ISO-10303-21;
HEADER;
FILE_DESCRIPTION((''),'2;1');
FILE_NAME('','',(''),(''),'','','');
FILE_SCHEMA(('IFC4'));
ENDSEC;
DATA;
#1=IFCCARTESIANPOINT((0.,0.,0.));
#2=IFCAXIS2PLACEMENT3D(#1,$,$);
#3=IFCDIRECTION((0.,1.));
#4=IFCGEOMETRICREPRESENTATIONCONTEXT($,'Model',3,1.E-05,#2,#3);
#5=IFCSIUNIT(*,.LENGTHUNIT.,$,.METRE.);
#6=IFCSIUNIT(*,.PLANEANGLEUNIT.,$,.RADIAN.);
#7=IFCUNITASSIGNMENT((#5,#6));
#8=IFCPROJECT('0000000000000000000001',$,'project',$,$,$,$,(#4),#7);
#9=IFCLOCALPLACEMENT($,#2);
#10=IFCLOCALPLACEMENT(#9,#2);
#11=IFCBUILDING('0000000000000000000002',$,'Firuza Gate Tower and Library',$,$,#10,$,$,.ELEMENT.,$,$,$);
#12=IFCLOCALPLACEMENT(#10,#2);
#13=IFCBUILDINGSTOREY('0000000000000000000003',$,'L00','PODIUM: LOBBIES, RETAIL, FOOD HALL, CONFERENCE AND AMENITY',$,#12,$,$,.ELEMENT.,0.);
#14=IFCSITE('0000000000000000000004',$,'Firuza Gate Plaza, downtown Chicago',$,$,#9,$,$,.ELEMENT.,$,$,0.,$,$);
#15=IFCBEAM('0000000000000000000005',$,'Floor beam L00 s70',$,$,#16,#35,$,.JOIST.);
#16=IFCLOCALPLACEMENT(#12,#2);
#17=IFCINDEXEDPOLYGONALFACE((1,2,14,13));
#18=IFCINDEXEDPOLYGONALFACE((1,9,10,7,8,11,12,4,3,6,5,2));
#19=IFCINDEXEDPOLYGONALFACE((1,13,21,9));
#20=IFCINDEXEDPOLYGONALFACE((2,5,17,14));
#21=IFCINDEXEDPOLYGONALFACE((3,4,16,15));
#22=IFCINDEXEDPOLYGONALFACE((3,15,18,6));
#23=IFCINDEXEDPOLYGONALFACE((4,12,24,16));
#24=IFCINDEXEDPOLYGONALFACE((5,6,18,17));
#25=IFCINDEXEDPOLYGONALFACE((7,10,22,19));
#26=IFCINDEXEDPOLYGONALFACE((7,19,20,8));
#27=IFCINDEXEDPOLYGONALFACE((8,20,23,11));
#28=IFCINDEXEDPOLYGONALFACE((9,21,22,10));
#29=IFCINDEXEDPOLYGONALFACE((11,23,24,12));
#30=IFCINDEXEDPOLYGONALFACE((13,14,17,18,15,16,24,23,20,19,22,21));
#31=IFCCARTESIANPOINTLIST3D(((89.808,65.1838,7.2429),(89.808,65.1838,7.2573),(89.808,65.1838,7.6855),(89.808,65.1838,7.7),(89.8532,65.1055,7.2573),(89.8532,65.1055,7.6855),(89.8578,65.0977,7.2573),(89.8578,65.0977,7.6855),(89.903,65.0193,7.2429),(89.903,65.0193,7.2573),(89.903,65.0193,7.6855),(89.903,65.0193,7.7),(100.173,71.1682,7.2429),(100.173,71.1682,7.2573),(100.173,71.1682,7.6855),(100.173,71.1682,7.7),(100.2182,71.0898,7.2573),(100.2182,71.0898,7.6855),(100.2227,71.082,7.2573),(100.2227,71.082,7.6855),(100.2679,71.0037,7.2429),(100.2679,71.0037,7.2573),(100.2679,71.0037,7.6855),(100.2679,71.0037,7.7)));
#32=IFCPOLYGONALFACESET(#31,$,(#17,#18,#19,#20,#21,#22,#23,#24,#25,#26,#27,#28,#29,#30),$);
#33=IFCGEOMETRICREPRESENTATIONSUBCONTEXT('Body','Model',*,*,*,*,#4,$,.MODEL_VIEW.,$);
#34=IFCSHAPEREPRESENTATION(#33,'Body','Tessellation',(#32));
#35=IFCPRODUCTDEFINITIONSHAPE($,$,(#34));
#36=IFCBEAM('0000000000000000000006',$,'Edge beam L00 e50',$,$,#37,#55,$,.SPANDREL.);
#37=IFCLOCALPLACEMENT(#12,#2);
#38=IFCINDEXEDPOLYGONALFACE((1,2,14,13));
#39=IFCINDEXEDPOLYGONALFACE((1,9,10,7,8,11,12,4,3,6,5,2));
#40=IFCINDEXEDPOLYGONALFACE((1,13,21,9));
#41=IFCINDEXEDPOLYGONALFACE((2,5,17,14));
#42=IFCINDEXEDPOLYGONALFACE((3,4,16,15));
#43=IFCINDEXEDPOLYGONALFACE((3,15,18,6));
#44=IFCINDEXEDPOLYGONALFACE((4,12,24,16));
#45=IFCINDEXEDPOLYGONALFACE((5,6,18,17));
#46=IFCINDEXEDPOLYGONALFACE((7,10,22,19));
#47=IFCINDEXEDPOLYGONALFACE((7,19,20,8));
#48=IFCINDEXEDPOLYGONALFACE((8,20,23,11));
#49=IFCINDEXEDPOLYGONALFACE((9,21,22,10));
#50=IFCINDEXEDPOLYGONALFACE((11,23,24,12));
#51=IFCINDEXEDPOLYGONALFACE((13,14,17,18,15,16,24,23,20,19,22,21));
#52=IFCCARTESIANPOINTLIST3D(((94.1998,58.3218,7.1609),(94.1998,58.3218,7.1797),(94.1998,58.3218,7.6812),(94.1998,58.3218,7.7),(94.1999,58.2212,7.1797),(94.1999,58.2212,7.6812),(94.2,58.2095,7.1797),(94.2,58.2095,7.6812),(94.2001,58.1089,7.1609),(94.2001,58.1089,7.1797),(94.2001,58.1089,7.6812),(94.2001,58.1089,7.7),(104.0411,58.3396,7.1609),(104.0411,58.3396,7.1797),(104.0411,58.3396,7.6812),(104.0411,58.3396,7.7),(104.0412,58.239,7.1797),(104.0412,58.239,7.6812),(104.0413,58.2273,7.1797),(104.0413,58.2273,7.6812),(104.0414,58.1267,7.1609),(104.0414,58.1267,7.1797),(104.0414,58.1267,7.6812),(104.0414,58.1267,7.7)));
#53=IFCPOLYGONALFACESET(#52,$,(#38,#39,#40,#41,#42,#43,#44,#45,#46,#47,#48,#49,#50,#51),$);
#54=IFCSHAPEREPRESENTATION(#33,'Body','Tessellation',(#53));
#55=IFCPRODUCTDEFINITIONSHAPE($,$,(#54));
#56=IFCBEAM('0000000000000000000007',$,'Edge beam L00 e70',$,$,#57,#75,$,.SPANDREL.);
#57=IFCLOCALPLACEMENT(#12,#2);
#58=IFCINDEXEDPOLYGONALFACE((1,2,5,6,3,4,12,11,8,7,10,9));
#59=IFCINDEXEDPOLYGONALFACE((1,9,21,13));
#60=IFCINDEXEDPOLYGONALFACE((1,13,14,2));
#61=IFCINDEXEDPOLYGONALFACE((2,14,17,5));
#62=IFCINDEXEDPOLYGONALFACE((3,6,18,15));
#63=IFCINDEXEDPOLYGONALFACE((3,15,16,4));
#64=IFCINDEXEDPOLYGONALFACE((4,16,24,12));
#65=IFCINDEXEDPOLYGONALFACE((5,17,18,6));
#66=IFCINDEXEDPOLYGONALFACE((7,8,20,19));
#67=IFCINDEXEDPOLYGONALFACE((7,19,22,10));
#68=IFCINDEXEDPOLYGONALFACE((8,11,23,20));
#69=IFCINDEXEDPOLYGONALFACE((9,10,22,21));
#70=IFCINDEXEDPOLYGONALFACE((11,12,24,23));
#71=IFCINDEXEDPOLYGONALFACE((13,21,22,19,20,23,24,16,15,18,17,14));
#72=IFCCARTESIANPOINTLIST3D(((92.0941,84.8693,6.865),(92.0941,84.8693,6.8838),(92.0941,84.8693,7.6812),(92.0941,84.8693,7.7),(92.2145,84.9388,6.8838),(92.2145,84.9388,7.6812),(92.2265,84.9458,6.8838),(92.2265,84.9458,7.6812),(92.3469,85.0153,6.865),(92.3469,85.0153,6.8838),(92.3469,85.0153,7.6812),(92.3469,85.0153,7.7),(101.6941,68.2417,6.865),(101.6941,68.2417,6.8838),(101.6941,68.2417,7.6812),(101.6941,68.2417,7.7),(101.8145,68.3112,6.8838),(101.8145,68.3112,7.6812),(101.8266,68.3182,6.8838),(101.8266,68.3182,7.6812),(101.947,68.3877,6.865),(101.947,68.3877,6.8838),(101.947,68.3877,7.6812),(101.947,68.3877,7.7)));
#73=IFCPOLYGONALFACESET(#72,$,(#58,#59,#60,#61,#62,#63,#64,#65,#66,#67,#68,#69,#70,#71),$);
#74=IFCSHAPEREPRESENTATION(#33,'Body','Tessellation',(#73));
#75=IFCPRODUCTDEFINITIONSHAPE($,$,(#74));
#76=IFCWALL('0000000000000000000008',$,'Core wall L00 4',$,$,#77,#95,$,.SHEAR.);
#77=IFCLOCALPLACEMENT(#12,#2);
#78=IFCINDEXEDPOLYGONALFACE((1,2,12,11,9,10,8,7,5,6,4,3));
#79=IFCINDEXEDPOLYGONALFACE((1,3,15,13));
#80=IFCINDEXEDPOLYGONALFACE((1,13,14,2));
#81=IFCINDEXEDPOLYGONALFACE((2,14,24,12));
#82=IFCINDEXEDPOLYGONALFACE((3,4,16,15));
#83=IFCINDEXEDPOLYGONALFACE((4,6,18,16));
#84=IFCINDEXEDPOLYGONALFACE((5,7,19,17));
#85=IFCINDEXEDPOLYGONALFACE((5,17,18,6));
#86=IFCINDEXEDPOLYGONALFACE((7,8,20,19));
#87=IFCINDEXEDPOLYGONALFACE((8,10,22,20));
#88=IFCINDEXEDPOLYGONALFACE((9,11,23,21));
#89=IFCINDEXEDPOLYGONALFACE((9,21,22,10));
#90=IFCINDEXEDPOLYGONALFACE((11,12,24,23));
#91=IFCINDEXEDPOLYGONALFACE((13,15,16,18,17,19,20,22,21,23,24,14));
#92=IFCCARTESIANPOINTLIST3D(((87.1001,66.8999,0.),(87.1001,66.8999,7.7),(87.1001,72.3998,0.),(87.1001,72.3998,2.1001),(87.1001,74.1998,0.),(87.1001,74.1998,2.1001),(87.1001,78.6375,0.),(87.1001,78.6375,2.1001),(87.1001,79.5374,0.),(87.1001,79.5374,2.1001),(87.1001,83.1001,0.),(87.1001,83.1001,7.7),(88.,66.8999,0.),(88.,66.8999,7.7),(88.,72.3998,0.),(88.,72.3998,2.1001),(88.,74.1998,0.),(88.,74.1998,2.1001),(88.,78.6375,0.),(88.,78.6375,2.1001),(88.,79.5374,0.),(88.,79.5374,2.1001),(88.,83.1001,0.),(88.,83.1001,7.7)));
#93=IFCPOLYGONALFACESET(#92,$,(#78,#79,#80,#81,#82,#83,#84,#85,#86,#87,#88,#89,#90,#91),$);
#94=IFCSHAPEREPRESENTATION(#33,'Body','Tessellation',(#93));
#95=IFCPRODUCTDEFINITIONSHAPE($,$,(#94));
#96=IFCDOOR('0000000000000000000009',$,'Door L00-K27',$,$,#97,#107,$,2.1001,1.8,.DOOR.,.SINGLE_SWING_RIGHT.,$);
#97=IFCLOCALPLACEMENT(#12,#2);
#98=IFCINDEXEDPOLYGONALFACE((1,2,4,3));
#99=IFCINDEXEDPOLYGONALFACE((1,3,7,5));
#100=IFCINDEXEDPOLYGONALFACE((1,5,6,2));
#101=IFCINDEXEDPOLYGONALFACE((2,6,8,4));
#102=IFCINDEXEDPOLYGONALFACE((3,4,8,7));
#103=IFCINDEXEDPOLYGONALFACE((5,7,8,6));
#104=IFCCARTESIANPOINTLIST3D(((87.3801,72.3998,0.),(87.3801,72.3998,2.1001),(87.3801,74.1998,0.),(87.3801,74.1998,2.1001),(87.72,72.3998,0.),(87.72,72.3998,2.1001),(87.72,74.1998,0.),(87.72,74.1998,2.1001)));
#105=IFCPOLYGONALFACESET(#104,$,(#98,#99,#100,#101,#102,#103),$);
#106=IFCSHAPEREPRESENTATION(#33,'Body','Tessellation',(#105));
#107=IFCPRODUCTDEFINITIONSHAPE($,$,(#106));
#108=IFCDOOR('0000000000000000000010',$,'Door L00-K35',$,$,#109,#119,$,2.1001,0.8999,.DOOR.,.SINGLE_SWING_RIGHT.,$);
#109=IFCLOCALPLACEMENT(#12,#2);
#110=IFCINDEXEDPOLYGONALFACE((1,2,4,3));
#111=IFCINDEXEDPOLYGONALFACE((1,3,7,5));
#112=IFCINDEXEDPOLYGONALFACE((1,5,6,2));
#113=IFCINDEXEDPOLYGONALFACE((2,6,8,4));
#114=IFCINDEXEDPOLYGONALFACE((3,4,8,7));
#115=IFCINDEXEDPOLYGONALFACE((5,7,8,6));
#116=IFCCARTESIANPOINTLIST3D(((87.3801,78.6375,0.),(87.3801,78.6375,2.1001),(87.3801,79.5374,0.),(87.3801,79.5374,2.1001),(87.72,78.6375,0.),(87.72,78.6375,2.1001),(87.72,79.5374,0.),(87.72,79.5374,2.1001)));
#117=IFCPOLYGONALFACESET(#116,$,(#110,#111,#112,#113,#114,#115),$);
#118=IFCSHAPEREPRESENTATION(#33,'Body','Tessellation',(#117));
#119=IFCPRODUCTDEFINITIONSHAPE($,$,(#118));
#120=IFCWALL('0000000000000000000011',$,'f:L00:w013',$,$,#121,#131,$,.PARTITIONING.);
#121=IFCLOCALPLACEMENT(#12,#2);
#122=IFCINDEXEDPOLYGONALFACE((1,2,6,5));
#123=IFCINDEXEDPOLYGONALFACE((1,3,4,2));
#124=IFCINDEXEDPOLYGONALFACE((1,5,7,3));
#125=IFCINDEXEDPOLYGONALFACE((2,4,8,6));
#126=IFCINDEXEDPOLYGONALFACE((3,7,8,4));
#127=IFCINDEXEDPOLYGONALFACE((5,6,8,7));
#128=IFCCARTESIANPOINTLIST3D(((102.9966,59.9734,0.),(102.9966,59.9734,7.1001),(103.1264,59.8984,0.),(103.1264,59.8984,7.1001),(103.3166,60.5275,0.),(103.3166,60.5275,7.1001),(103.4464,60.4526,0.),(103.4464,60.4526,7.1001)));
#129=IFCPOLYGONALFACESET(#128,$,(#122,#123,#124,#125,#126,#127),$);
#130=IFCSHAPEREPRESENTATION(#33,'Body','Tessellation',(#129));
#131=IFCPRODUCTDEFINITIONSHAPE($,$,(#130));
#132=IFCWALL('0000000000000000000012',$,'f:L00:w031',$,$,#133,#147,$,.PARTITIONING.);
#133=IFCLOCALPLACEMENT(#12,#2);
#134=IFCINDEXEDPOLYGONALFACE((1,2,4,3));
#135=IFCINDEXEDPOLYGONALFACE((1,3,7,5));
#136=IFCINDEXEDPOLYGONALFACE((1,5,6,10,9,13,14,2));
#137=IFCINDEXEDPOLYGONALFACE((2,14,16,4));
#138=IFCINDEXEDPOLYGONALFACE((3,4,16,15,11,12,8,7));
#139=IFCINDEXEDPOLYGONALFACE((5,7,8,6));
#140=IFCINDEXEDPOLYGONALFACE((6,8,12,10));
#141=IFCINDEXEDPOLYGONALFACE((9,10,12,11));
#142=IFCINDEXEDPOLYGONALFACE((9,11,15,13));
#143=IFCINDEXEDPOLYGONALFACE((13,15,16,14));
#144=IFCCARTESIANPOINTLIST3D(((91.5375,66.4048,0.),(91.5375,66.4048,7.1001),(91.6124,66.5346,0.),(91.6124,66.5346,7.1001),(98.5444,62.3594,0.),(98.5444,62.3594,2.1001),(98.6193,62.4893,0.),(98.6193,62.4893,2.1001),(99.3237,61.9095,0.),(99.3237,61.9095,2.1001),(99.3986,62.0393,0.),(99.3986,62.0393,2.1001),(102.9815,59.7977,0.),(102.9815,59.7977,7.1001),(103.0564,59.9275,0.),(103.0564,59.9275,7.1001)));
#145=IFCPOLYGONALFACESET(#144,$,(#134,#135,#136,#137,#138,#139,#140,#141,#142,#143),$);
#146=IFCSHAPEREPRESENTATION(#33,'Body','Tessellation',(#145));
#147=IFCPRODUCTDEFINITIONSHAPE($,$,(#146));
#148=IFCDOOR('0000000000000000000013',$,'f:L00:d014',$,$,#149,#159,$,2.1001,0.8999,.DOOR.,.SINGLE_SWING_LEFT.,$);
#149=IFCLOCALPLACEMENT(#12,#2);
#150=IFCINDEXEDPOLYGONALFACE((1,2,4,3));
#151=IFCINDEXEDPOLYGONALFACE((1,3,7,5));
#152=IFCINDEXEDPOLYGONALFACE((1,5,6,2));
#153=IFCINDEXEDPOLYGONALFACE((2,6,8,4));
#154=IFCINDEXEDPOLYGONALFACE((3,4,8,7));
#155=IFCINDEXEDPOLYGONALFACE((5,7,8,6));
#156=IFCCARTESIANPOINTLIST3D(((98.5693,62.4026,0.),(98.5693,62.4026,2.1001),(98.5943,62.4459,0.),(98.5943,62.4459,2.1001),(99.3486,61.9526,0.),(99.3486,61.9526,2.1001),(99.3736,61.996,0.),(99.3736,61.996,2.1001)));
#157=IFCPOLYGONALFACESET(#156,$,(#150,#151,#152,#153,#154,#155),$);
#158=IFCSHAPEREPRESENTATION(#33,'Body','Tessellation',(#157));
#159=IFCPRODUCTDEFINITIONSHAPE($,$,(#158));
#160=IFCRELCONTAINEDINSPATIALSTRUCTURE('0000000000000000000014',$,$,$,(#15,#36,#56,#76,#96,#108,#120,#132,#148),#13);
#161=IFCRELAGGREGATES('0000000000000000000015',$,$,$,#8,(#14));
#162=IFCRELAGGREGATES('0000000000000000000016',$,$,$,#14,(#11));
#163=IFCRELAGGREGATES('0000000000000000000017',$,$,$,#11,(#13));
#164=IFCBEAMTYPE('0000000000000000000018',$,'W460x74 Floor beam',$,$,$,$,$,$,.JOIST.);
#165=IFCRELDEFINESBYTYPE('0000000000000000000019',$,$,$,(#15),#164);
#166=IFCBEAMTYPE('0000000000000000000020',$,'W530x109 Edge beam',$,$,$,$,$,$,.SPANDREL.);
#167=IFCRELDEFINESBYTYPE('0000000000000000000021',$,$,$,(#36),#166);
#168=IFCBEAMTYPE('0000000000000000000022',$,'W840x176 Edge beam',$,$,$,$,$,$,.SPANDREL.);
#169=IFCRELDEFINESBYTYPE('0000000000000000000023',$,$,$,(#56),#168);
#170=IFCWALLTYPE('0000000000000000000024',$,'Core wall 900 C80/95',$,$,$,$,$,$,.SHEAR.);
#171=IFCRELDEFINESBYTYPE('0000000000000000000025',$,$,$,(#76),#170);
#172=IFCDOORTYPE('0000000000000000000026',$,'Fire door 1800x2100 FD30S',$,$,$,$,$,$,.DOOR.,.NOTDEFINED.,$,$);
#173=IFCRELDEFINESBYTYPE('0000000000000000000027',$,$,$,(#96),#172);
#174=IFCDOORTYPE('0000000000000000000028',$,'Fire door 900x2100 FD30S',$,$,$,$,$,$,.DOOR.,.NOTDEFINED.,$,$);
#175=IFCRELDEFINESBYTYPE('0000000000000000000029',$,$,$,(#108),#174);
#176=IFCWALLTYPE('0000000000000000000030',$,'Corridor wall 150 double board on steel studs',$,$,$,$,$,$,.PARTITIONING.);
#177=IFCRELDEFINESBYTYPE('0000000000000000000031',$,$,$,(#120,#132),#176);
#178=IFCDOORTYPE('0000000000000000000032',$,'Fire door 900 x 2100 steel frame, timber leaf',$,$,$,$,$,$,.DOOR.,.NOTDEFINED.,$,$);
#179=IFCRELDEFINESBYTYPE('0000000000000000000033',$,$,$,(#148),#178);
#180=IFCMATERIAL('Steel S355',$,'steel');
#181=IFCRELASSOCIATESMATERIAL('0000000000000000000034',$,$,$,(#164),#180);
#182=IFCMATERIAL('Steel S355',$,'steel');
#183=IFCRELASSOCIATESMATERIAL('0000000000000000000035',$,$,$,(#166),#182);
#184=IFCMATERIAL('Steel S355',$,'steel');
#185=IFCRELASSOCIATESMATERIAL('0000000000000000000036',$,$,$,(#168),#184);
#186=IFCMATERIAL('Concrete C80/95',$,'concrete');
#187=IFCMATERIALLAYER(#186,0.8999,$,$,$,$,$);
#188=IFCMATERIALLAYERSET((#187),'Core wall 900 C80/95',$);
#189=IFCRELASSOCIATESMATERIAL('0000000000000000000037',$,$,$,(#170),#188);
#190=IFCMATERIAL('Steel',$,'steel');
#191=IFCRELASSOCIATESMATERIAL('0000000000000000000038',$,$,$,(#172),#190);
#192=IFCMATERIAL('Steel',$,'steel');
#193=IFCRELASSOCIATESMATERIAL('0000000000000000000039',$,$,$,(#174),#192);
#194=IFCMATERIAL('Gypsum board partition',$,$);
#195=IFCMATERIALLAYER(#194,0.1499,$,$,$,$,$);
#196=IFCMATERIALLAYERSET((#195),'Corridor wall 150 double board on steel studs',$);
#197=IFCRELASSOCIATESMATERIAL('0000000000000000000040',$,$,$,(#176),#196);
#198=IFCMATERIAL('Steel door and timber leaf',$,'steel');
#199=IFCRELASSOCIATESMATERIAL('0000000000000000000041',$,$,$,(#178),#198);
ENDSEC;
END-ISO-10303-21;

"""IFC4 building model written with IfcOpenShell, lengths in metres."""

from ifc_helpers import new_model, si_unit, direction, frame, frame_2d, origin, origin_2d, place, context, subcontext, project, spatial, rectangle, i_section, extrude, material, layer, layer_set, material_profile, profile_set, type_object, element, fill, save


model = new_model("IFC4")

# Units and contexts
model_context = context("Model", 3, precision=1e-05, world=origin(), true_north=direction((0.0, 1.0)))
body_context = subcontext(model_context, "Body", "Model", "MODEL_VIEW")
ifc_project = project(units=[si_unit("LENGTHUNIT", "METRE"), si_unit("PLANEANGLEUNIT", "RADIAN")], contexts=[model_context])

# Site, building, storey
site_placement = place(None, origin())
site = spatial("IfcSite", under=ifc_project, at=site_placement, Name="Firuza Gate Plaza, downtown Chicago", CompositionType="ELEMENT", RefElevation=0.0)
building_placement = place(site_placement, origin())
building = spatial("IfcBuilding", under=site, at=building_placement, Name="Firuza Gate Tower and Library", CompositionType="ELEMENT")
storey_placement = place(building_placement, origin())
storey = spatial("IfcBuildingStorey", under=building, at=storey_placement, Name="L00", Description="PODIUM: LOBBIES, RETAIL, FOOD HALL, CONFERENCE AND AMENITY", CompositionType="ELEMENT", Elevation=0.0)

# Beams
ifc_material_1 = material(Name="Steel S355", Category="steel")
ifc_material_profile_1 = material_profile(ifc_material_1, i_section(OverallWidth=0.1899, OverallDepth=0.457, WebThickness=0.009, FlangeThickness=0.0144, at=origin_2d()))
ifc_profile_set_1 = profile_set([ifc_material_profile_1], Name="Steel S355")
beam_type_1 = type_object("IfcBeamType", Name="W460x74 Floor beam", PredefinedType="JOIST", material=ifc_profile_set_1)
beam_1_placement = place(storey_placement, frame((100.2205, 71.0859, 7.4714), z_axis=(-0.86602, -0.500009, 0.0), x_axis=(0.500009, -0.86602, 0.0)))
element("IfcBeam", 1, at=beam_1_placement, inside=storey, type_object=beam_type_1, Name="Floor beam L00 s70", PredefinedType="JOIST", context=body_context, shape_type="SweptSolid", body=[
    extrude(i_section(OverallWidth=0.1899, OverallDepth=0.457, WebThickness=0.009, FlangeThickness=0.0144, at=origin_2d()), origin(), (0.0, 0.0, 1.0), 11.9685),
])
ifc_material_2 = material(Name="Steel S355", Category="steel")
ifc_material_profile_2 = material_profile(ifc_material_2, i_section(OverallWidth=0.2129, OverallDepth=0.5391, WebThickness=0.0117, FlangeThickness=0.0188, at=origin_2d()))
ifc_profile_set_2 = profile_set([ifc_material_profile_2], Name="Steel S355")
beam_type_2 = type_object("IfcBeamType", Name="W530x109 Edge beam", PredefinedType="SPANDREL", material=ifc_profile_set_2)
beam_2_placement = place(storey_placement, frame((94.2, 58.2153, 7.4304), z_axis=(0.999998, 0.001811, 0.0), x_axis=(-0.001811, 0.999998, 0.0)))
element("IfcBeam", 2, at=beam_2_placement, inside=storey, type_object=beam_type_2, Name="Edge beam L00 e50", PredefinedType="SPANDREL", context=body_context, shape_type="SweptSolid", body=[
    extrude(i_section(OverallWidth=0.2129, OverallDepth=0.5391, WebThickness=0.0117, FlangeThickness=0.0188, at=origin_2d()), origin(), (0.0, 0.0, 1.0), 9.8413),
])
ifc_material_3 = material(Name="Steel S355", Category="steel")
ifc_material_profile_3 = material_profile(ifc_material_3, i_section(OverallWidth=0.292, OverallDepth=0.835, WebThickness=0.0139, FlangeThickness=0.0188, at=origin_2d()))
ifc_profile_set_3 = profile_set([ifc_material_profile_3], Name="Steel S355")
beam_type_3 = type_object("IfcBeamType", Name="W840x176 Edge beam", PredefinedType="SPANDREL", material=ifc_profile_set_3)
beam_3_placement = place(storey_placement, frame((101.8206, 68.3147, 7.2825), z_axis=(-0.500004, 0.866023, 0.0), x_axis=(-0.866023, -0.500004, 0.0)))
element("IfcBeam", 3, at=beam_3_placement, inside=storey, type_object=beam_type_3, Name="Edge beam L00 e70", PredefinedType="SPANDREL", context=body_context, shape_type="SweptSolid", body=[
    extrude(i_section(OverallWidth=0.292, OverallDepth=0.835, WebThickness=0.0139, FlangeThickness=0.0188, at=origin_2d()), origin(), (0.0, 0.0, 1.0), 19.2),
])

# Wall, openings, doors
ifc_material_4 = material(Name="Concrete C80/95", Category="concrete")
ifc_layer_1 = layer(ifc_material_4, 0.8999)
ifc_layer_set_1 = layer_set([ifc_layer_1], Name="Core wall 900 C80/95")
wall_type_1 = type_object("IfcWallType", Name="Core wall 900 C80/95", PredefinedType="SHEAR", material=ifc_layer_set_1)
wall_1_placement = place(storey_placement, frame((87.55, 66.8999, 0.0), z_axis=(0.0, 0.0, 1.0), x_axis=(0.0, 1.0, 0.0)))
wall_1 = element("IfcWall", 4, at=wall_1_placement, inside=storey, type_object=wall_type_1, Name="Core wall L00 4", PredefinedType="SHEAR", context=body_context, shape_type="SweptSolid", body=[
    extrude(rectangle(XDim=16.2002, YDim=0.8999, at=frame_2d((8.1001, 0.0))), origin(), (0.0, 0.0, 1.0), 7.7),
])
opening_1_placement = place(wall_1_placement, frame((5.5, 0.0, 0.0)))
opening_1 = element("IfcOpeningElement", 5, at=opening_1_placement, cuts=wall_1, PredefinedType="OPENING", context=body_context, shape_type="SweptSolid", body=[
    extrude(rectangle(XDim=1.8, YDim=2.1001, at=frame_2d((0.8999, 1.05))), frame((0.0, 0.46, 0.0), z_axis=(0.0, -1.0, 0.0), x_axis=(1.0, 0.0, 0.0)), (0.0, 0.0, 1.0), 0.9199),
])
opening_2_placement = place(wall_1_placement, frame((11.7375, 0.0, 0.0)))
opening_2 = element("IfcOpeningElement", 6, at=opening_2_placement, cuts=wall_1, PredefinedType="OPENING", context=body_context, shape_type="SweptSolid", body=[
    extrude(rectangle(XDim=0.8999, YDim=2.1001, at=frame_2d((0.45, 1.05))), frame((0.0, 0.46, 0.0), z_axis=(0.0, -1.0, 0.0), x_axis=(1.0, 0.0, 0.0)), (0.0, 0.0, 1.0), 0.9199),
])
ifc_material_5 = material(Name="Steel", Category="steel")
door_type_1 = type_object("IfcDoorType", Name="Fire door 1800x2100 FD30S", OperationType="NOTDEFINED", PredefinedType="DOOR", material=ifc_material_5)
door_1_placement = place(opening_1_placement, origin())
door_1 = element("IfcDoor", 7, at=door_1_placement, inside=storey, type_object=door_type_1, Name="Door L00-K27", OperationType="SINGLE_SWING_RIGHT", OverallHeight=2.1001, OverallWidth=1.8, PredefinedType="DOOR", context=body_context, shape_type="SweptSolid", body=[
    extrude(rectangle(XDim=1.8, YDim=2.1001, at=frame_2d((0.8999, 1.05))), frame((0.0, 0.1699, 0.0), z_axis=(0.0, -1.0, 0.0), x_axis=(1.0, 0.0, 0.0)), (0.0, 0.0, 1.0), 0.3398),
])
fill(opening_1, door_1)
ifc_material_6 = material(Name="Steel", Category="steel")
door_type_2 = type_object("IfcDoorType", Name="Fire door 900x2100 FD30S", OperationType="NOTDEFINED", PredefinedType="DOOR", material=ifc_material_6)
door_2_placement = place(opening_2_placement, origin())
door_2 = element("IfcDoor", 8, at=door_2_placement, inside=storey, type_object=door_type_2, Name="Door L00-K35", OperationType="SINGLE_SWING_RIGHT", OverallHeight=2.1001, OverallWidth=0.8999, PredefinedType="DOOR", context=body_context, shape_type="SweptSolid", body=[
    extrude(rectangle(XDim=0.8999, YDim=2.1001, at=frame_2d((0.45, 1.05))), frame((0.0, 0.1699, 0.0), z_axis=(0.0, -1.0, 0.0), x_axis=(1.0, 0.0, 0.0)), (0.0, 0.0, 1.0), 0.3398),
])
fill(opening_2, door_2)

# Wall
ifc_material_7 = material(Name="Gypsum board partition")
ifc_layer_2 = layer(ifc_material_7, 0.1499)
ifc_layer_set_2 = layer_set([ifc_layer_2], Name="Corridor wall 150 double board on steel studs")
wall_type_2 = type_object("IfcWallType", Name="Corridor wall 150 double board on steel studs", PredefinedType="PARTITIONING", material=ifc_layer_set_2)
wall_2_placement = place(storey_placement, frame((103.0615, 59.936, 0.0), z_axis=(0.0, 0.0, 1.0), x_axis=(0.500119, 0.865957, 0.0)))
element("IfcWall", 9, at=wall_2_placement, inside=storey, type_object=wall_type_2, Name="f:L00:w013", PredefinedType="PARTITIONING", context=body_context, shape_type="SweptSolid", body=[
    extrude(rectangle(XDim=0.6399, YDim=0.1499, at=frame_2d((0.3198, 0.0))), origin(), (0.0, 0.0, 1.0), 7.1001),
])

# Wall, opening, door
wall_3_placement = place(storey_placement, frame((91.575, 66.4697, 0.0), z_axis=(0.0, 0.0, 1.0), x_axis=(0.866028, -0.499996, 0.0)))
wall_3 = element("IfcWall", 10, at=wall_3_placement, inside=storey, type_object=wall_type_2, Name="f:L00:w031", PredefinedType="PARTITIONING", context=body_context, shape_type="SweptSolid", body=[
    extrude(rectangle(XDim=13.2144, YDim=0.1499, at=frame_2d((6.6072, 0.0))), origin(), (0.0, 0.0, 1.0), 7.1001),
])
opening_3_placement = place(wall_3_placement, frame((8.0908, 0.0, 0.0)))
opening_3 = element("IfcOpeningElement", 11, at=opening_3_placement, cuts=wall_3, PredefinedType="OPENING", context=body_context, shape_type="SweptSolid", body=[
    extrude(rectangle(XDim=0.8999, YDim=2.1001, at=frame_2d((0.45, 1.05))), frame((0.0, 0.085, 0.0), z_axis=(0.0, -1.0, 0.0), x_axis=(1.0, 0.0, 0.0)), (0.0, 0.0, 1.0), 0.1699),
])
ifc_material_8 = material(Name="Steel door and timber leaf", Category="steel")
door_type_3 = type_object("IfcDoorType", Name="Fire door 900 x 2100 steel frame, timber leaf", OperationType="NOTDEFINED", PredefinedType="DOOR", material=ifc_material_8)
door_3_placement = place(opening_3_placement, origin())
door_3 = element("IfcDoor", 12, at=door_3_placement, inside=storey, type_object=door_type_3, Name="f:L00:d014", OperationType="SINGLE_SWING_LEFT", OverallHeight=2.1001, OverallWidth=0.8999, PredefinedType="DOOR", context=body_context, shape_type="SweptSolid", body=[
    extrude(rectangle(XDim=0.8999, YDim=2.1001, at=frame_2d((0.45, 1.05))), frame((0.0, 0.0249, 0.0), z_axis=(0.0, -1.0, 0.0), x_axis=(1.0, 0.0, 0.0)), (0.0, 0.0, 1.0), 0.05),
])
fill(opening_3, door_3)

save(model, "model.ifc")
